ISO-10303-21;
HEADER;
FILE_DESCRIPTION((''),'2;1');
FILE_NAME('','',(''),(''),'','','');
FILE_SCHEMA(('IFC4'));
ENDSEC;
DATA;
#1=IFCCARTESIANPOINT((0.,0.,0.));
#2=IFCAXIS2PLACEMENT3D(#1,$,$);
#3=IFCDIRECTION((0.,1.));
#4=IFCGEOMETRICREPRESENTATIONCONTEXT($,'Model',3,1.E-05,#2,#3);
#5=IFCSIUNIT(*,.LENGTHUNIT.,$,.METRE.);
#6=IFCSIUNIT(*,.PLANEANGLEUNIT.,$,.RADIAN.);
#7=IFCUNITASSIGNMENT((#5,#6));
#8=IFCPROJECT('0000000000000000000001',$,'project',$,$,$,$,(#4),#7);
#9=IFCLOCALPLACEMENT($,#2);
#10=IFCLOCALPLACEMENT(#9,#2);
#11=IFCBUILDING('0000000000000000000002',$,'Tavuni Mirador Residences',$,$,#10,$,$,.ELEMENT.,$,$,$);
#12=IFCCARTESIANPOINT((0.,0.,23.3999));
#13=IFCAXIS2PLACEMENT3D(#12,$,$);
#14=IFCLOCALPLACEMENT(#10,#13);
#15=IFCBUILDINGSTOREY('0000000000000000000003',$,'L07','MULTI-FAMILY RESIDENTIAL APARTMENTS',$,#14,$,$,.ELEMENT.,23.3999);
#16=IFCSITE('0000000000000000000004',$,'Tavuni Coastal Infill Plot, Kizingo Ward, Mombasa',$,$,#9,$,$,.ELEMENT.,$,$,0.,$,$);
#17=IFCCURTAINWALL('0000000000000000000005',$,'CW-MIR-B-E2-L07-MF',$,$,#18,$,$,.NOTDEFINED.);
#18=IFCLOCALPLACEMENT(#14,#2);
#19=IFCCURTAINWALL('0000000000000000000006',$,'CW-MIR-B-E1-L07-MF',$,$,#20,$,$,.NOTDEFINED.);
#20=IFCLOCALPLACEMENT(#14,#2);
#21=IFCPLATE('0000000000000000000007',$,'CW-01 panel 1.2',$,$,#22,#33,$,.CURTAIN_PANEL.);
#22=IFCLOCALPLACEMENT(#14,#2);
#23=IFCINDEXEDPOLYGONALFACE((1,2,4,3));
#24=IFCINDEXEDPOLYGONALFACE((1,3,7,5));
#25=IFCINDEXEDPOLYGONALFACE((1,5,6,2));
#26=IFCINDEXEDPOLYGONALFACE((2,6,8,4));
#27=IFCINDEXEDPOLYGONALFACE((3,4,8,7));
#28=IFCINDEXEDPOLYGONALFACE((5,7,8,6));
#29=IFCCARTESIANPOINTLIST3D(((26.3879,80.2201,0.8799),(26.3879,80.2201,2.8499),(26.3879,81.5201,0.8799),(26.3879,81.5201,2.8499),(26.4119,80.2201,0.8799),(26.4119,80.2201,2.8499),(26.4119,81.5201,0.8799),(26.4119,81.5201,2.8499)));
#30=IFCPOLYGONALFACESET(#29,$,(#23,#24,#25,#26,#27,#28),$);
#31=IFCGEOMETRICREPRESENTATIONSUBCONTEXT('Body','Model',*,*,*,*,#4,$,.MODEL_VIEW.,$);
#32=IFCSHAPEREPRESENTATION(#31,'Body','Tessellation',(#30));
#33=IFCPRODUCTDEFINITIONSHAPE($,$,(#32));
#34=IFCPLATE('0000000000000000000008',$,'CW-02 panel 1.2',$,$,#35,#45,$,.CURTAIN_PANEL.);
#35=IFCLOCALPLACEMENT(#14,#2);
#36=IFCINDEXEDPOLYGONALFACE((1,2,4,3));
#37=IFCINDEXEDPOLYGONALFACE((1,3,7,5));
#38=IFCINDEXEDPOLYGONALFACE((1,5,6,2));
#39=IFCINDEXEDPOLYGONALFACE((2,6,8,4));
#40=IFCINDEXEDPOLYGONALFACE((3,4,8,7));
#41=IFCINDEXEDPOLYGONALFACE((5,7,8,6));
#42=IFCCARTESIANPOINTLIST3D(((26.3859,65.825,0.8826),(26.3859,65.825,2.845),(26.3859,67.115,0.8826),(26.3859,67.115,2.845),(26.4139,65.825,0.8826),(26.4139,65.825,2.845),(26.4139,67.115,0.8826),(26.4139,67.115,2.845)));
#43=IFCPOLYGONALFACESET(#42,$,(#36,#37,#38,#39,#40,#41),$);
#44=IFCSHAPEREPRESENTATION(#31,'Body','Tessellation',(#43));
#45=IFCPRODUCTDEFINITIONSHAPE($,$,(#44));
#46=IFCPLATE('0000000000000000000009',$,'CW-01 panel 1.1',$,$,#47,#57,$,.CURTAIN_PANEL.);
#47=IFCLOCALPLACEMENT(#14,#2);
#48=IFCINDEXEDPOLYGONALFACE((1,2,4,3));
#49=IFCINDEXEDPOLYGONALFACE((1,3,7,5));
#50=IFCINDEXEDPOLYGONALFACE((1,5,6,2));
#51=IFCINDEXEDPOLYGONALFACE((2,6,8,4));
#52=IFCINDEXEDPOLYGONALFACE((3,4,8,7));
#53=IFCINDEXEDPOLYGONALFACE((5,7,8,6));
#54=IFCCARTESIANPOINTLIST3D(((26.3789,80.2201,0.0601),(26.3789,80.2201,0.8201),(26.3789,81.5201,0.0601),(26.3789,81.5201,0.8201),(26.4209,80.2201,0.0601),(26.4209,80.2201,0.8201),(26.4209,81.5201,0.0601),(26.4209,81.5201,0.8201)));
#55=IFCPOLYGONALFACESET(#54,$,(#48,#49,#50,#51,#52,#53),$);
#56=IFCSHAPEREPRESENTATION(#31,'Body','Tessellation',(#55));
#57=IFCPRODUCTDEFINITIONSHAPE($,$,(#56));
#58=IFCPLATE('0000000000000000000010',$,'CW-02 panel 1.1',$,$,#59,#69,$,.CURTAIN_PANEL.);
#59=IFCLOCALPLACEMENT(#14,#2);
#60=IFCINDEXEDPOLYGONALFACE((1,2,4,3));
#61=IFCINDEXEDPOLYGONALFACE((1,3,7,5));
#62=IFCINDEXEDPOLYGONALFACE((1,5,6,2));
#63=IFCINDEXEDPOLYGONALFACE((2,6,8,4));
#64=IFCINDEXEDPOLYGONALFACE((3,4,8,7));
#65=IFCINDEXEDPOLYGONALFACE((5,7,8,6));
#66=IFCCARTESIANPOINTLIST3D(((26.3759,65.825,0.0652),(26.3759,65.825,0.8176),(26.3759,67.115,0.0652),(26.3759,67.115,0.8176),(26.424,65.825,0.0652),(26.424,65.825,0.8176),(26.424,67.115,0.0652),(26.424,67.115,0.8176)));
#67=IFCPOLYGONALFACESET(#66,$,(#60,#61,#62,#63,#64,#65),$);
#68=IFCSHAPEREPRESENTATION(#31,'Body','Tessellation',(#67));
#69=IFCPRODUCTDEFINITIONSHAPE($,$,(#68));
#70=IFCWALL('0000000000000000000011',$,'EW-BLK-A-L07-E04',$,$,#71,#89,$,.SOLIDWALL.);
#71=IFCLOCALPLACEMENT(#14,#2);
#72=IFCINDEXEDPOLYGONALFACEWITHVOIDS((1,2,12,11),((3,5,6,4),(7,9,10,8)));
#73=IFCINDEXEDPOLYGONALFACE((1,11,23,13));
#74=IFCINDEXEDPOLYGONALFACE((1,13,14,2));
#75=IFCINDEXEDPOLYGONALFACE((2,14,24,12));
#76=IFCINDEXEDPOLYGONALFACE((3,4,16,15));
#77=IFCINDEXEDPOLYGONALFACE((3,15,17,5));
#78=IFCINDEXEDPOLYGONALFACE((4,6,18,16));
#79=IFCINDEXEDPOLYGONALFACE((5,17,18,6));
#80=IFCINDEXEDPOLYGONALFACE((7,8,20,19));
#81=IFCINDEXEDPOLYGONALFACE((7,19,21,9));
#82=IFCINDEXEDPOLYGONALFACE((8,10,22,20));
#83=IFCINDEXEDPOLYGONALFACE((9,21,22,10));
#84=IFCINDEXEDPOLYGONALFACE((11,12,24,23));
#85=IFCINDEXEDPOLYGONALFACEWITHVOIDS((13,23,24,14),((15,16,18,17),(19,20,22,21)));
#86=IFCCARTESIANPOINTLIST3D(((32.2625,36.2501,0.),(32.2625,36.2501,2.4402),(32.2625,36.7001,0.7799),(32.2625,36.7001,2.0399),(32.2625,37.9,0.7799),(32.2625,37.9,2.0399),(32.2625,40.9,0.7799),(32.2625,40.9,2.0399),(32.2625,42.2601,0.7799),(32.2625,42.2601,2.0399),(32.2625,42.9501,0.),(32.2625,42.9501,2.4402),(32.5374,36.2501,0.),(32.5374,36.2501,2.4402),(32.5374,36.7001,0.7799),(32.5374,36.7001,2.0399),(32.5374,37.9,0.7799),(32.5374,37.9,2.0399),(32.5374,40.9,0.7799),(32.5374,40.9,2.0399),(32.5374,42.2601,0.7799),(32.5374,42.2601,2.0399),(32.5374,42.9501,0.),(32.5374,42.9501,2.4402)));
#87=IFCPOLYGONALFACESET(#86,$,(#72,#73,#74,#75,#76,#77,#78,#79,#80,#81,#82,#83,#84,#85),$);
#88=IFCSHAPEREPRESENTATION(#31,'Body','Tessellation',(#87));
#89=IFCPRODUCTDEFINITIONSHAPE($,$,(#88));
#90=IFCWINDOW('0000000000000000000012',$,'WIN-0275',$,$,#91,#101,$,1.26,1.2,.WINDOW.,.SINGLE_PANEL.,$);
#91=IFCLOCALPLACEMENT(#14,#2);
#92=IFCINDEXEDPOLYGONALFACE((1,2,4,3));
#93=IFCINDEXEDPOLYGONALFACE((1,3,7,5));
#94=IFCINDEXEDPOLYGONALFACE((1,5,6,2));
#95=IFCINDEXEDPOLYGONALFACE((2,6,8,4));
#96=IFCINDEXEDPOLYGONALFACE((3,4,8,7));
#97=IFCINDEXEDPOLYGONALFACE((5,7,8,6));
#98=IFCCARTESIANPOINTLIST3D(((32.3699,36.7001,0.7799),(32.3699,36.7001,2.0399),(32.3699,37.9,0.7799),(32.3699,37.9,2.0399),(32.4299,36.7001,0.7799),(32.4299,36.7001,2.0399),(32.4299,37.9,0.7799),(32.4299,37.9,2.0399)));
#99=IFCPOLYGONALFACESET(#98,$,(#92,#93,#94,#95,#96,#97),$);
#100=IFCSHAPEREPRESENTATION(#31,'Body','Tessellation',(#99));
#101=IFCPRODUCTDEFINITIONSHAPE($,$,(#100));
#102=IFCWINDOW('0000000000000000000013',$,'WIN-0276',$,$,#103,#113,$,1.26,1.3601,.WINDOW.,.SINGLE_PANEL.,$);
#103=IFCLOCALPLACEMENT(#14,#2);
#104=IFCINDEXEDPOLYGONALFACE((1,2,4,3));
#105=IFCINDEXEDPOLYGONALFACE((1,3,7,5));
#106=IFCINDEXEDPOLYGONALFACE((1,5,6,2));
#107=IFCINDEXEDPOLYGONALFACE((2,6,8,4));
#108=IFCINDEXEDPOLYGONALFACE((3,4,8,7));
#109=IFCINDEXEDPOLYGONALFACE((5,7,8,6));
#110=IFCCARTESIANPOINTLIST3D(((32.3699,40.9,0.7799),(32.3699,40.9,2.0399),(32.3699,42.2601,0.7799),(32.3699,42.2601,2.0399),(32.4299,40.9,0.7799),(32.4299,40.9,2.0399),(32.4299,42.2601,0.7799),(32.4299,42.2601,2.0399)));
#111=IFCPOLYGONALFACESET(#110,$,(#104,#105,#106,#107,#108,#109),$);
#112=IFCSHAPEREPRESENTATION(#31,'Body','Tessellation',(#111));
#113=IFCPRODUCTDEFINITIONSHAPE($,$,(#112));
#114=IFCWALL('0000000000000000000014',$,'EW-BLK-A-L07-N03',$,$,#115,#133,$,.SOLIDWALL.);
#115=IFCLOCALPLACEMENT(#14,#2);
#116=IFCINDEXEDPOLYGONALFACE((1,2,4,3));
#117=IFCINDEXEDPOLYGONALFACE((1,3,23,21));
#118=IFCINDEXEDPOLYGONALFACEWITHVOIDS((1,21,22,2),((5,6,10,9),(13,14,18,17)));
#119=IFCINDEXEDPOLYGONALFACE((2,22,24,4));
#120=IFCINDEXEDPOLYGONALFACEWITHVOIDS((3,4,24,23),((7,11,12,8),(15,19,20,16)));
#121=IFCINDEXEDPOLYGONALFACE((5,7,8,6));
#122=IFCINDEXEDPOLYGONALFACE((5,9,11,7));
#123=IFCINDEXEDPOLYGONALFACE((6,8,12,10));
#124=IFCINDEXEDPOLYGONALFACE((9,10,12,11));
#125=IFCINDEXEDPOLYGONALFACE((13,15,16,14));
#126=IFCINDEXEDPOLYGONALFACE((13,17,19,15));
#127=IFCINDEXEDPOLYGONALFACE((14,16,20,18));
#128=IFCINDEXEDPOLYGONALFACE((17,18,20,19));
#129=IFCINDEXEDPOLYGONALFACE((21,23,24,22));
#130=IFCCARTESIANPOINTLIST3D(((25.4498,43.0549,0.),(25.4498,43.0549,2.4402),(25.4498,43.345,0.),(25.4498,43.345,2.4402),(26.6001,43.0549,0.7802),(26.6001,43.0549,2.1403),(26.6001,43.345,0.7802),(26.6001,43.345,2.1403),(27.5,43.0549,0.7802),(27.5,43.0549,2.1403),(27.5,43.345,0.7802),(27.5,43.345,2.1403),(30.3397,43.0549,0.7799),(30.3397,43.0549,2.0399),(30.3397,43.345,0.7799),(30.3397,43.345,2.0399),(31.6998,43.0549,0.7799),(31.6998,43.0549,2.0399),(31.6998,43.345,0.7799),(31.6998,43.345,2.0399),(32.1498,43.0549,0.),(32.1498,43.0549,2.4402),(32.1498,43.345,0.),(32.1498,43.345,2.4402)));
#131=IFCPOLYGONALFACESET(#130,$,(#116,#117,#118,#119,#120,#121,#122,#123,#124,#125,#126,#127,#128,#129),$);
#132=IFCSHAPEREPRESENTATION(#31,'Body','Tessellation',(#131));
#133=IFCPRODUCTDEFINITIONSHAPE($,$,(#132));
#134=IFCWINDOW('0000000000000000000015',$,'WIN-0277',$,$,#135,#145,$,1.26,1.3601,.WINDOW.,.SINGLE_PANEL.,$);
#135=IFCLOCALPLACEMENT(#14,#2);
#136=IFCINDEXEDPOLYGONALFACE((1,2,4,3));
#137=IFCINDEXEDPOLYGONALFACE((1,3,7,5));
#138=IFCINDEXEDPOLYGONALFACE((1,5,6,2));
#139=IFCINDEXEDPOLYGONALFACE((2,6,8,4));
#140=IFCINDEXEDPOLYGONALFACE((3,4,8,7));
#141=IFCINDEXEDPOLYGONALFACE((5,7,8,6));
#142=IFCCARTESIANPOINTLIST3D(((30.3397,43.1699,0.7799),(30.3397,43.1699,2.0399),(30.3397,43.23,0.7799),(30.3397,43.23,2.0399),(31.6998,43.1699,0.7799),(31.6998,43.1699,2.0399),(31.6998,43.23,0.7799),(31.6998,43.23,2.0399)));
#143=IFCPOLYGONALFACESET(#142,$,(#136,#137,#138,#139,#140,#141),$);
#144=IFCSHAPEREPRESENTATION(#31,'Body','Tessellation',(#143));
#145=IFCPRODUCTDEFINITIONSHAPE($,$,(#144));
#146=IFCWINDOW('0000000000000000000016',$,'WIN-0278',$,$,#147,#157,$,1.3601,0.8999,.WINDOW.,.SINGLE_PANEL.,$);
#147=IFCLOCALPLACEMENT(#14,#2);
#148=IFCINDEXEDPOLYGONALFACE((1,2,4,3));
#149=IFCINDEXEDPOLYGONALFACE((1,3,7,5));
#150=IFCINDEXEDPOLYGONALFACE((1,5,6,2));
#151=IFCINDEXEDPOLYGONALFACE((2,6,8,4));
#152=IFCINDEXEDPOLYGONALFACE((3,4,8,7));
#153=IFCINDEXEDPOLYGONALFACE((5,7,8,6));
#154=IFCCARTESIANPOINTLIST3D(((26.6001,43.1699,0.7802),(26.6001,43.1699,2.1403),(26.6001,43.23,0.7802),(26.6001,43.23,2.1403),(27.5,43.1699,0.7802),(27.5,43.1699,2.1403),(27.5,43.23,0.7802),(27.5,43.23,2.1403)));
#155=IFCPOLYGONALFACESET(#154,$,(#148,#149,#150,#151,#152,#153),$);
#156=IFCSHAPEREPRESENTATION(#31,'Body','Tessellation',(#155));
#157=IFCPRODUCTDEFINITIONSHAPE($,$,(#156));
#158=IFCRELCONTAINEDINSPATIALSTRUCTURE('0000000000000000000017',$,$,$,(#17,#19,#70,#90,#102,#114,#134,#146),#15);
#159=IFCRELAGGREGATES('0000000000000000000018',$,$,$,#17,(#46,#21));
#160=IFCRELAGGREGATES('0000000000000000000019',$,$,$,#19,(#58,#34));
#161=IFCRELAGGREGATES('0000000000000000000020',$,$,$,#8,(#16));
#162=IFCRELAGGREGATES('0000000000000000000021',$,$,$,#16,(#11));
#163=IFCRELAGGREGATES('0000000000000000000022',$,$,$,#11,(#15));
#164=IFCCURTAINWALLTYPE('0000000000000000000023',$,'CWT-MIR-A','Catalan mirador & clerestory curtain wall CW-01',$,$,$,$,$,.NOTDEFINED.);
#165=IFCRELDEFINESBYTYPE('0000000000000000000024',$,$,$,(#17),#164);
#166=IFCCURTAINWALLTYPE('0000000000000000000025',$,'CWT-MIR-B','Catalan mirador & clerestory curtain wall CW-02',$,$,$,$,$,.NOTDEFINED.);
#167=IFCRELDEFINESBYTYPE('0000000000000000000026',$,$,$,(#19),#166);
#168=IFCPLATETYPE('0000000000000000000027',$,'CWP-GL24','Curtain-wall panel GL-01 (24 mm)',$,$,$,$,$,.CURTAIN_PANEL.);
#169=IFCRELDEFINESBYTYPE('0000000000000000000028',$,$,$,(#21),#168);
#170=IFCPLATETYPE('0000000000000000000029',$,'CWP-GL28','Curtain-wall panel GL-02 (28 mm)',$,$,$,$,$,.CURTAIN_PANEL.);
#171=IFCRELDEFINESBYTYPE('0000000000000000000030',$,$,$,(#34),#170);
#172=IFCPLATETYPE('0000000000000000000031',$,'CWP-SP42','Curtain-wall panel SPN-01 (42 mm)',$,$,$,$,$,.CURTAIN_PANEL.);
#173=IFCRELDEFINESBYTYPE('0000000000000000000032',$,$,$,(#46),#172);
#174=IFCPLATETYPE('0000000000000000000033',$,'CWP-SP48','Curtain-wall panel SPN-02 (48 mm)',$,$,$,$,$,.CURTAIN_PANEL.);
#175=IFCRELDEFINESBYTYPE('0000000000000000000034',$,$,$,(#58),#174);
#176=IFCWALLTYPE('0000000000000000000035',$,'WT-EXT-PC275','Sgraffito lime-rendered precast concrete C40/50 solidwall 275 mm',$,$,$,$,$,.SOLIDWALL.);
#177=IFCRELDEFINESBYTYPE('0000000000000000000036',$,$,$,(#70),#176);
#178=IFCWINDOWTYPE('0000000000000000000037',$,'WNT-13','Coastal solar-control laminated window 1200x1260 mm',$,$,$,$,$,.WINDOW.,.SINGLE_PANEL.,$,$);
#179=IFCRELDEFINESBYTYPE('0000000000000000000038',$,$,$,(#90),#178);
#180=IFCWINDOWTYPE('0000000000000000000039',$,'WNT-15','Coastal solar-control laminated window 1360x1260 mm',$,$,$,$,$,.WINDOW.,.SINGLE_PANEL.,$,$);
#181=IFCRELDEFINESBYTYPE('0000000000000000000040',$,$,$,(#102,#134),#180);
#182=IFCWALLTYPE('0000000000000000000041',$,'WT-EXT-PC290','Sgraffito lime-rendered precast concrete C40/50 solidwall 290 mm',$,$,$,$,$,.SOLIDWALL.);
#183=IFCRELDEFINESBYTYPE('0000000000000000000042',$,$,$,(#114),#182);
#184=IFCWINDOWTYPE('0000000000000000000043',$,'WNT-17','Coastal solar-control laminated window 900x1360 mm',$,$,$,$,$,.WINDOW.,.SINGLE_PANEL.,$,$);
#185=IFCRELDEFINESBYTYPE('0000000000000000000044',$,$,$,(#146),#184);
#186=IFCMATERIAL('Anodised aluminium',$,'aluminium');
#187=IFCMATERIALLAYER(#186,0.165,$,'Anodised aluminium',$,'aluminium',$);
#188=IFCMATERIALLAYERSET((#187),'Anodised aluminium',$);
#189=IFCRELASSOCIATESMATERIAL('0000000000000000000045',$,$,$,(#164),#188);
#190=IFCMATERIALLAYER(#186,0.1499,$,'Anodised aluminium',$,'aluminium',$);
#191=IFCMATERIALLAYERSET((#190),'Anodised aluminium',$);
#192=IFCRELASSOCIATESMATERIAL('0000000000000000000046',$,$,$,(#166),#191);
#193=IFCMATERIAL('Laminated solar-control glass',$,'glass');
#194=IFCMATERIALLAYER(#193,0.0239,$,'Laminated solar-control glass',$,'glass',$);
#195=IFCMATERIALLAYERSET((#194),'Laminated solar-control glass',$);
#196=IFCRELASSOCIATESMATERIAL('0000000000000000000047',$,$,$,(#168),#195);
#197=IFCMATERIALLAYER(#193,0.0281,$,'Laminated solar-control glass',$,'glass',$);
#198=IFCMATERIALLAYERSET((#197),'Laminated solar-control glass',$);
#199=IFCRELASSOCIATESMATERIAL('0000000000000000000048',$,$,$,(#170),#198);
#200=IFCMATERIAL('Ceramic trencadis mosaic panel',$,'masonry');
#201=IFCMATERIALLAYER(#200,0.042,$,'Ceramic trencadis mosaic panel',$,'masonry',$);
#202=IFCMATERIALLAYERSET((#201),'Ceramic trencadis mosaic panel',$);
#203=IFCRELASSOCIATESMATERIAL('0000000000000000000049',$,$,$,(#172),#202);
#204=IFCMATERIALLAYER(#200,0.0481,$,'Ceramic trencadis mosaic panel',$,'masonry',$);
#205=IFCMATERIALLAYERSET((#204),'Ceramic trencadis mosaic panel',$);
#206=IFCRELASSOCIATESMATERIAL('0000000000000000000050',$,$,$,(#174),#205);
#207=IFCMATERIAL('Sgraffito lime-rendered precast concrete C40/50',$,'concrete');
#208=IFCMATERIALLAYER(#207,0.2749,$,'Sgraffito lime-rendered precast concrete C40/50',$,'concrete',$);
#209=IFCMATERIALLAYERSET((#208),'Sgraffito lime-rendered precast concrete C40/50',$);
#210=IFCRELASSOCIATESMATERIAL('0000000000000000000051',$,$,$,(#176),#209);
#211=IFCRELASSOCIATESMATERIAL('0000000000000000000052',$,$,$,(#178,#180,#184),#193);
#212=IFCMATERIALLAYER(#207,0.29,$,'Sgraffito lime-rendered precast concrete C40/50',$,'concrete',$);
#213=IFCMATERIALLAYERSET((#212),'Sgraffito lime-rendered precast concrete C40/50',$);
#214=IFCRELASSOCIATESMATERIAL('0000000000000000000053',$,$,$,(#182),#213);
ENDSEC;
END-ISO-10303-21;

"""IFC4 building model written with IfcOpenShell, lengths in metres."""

from ifc_helpers import new_model, si_unit, direction, frame, frame_2d, origin, origin_2d, place, context, subcontext, project, spatial, rectangle, extrude, material, layer, layer_set, type_object, element, fill, aggregate, save


model = new_model("IFC4")

# Units and contexts
model_context = context("Model", 3, precision=1e-05, world=origin(), true_north=direction((0.0, 1.0)))
body_context = subcontext(model_context, "Body", "Model", "MODEL_VIEW")
ifc_project = project(units=[si_unit("LENGTHUNIT", "METRE"), si_unit("PLANEANGLEUNIT", "RADIAN")], contexts=[model_context])

# Site, building, storey
site_placement = place(None, origin())
site = spatial("IfcSite", under=ifc_project, at=site_placement, Name="Tavuni Coastal Infill Plot, Kizingo Ward, Mombasa", CompositionType="ELEMENT", RefElevation=0.0)
building_placement = place(site_placement, origin())
building = spatial("IfcBuilding", under=site, at=building_placement, Name="Tavuni Mirador Residences", CompositionType="ELEMENT")
storey_placement = place(building_placement, frame((0.0, 0.0, 23.3999)))
storey = spatial("IfcBuildingStorey", under=building, at=storey_placement, Name="L07", Description="MULTI-FAMILY RESIDENTIAL APARTMENTS", CompositionType="ELEMENT", Elevation=23.3999)

# Curtain wall
ifc_material_1 = material(Name="Anodised aluminium", Category="aluminium")
ifc_layer_1 = layer(ifc_material_1, 0.165, Name="Anodised aluminium", Category="aluminium")
ifc_layer_set_1 = layer_set([ifc_layer_1], Name="Anodised aluminium")
curtain_wall_type_1 = type_object("IfcCurtainWallType", Name="CWT-MIR-A", Description="Catalan mirador & clerestory curtain wall CW-01", PredefinedType="NOTDEFINED", material=ifc_layer_set_1)
curtain_wall_1_placement = place(storey_placement, origin())
curtain_wall_1 = element("IfcCurtainWall", 1, at=curtain_wall_1_placement, inside=storey, type_object=curtain_wall_type_1, Name="CW-MIR-B-E2-L07-MF", PredefinedType="NOTDEFINED")

# Curtain wall
ifc_layer_2 = layer(ifc_material_1, 0.1499, Name="Anodised aluminium", Category="aluminium")
ifc_layer_set_2 = layer_set([ifc_layer_2], Name="Anodised aluminium")
curtain_wall_type_2 = type_object("IfcCurtainWallType", Name="CWT-MIR-B", Description="Catalan mirador & clerestory curtain wall CW-02", PredefinedType="NOTDEFINED", material=ifc_layer_set_2)
curtain_wall_2_placement = place(storey_placement, origin())
curtain_wall_2 = element("IfcCurtainWall", 2, at=curtain_wall_2_placement, inside=storey, type_object=curtain_wall_type_2, Name="CW-MIR-B-E1-L07-MF", PredefinedType="NOTDEFINED")

# Plates
ifc_material_2 = material(Name="Laminated solar-control glass", Category="glass")
ifc_layer_3 = layer(ifc_material_2, 0.0239, Name="Laminated solar-control glass", Category="glass")
ifc_layer_set_3 = layer_set([ifc_layer_3], Name="Laminated solar-control glass")
plate_type_1 = type_object("IfcPlateType", Name="CWP-GL24", Description="Curtain-wall panel GL-01 (24 mm)", PredefinedType="CURTAIN_PANEL", material=ifc_layer_set_3)
plate_1_placement = place(storey_placement, frame((26.3999, 80.8701, 0.8799), z_axis=(0.0, 0.0, 1.0), x_axis=(0.0, 1.0, 0.0)))
plate_1 = element("IfcPlate", 3, at=plate_1_placement, type_object=plate_type_1, Name="CW-01 panel 1.2", PredefinedType="CURTAIN_PANEL", context=body_context, shape_type="SweptSolid", body=[
    extrude(rectangle(XDim=1.3, YDim=0.0239, at=origin_2d()), origin(), (0.0, 0.0, 1.0), 1.97),
])
ifc_layer_4 = layer(ifc_material_2, 0.0281, Name="Laminated solar-control glass", Category="glass")
ifc_layer_set_4 = layer_set([ifc_layer_4], Name="Laminated solar-control glass")
plate_type_2 = type_object("IfcPlateType", Name="CWP-GL28", Description="Curtain-wall panel GL-02 (28 mm)", PredefinedType="CURTAIN_PANEL", material=ifc_layer_set_4)
plate_2_placement = place(storey_placement, frame((26.3999, 66.47, 0.8826), z_axis=(0.0, 0.0, 1.0), x_axis=(0.0, 1.0, 0.0)))
plate_2 = element("IfcPlate", 4, at=plate_2_placement, type_object=plate_type_2, Name="CW-02 panel 1.2", PredefinedType="CURTAIN_PANEL", context=body_context, shape_type="SweptSolid", body=[
    extrude(rectangle(XDim=1.29, YDim=0.0281, at=origin_2d()), origin(), (0.0, 0.0, 1.0), 1.9624),
])
ifc_material_3 = material(Name="Ceramic trencadis mosaic panel", Category="masonry")
ifc_layer_5 = layer(ifc_material_3, 0.042, Name="Ceramic trencadis mosaic panel", Category="masonry")
ifc_layer_set_5 = layer_set([ifc_layer_5], Name="Ceramic trencadis mosaic panel")
plate_type_3 = type_object("IfcPlateType", Name="CWP-SP42", Description="Curtain-wall panel SPN-01 (42 mm)", PredefinedType="CURTAIN_PANEL", material=ifc_layer_set_5)
plate_3_placement = place(storey_placement, frame((26.3999, 80.8701, 0.0601), z_axis=(0.0, 0.0, 1.0), x_axis=(0.0, 1.0, 0.0)))
plate_3 = element("IfcPlate", 5, at=plate_3_placement, type_object=plate_type_3, Name="CW-01 panel 1.1", PredefinedType="CURTAIN_PANEL", context=body_context, shape_type="SweptSolid", body=[
    extrude(rectangle(XDim=1.3, YDim=0.042, at=origin_2d()), origin(), (0.0, 0.0, 1.0), 0.76),
])
aggregate(curtain_wall_1, [plate_3, plate_1])
ifc_layer_6 = layer(ifc_material_3, 0.0481, Name="Ceramic trencadis mosaic panel", Category="masonry")
ifc_layer_set_6 = layer_set([ifc_layer_6], Name="Ceramic trencadis mosaic panel")
plate_type_4 = type_object("IfcPlateType", Name="CWP-SP48", Description="Curtain-wall panel SPN-02 (48 mm)", PredefinedType="CURTAIN_PANEL", material=ifc_layer_set_6)
plate_4_placement = place(storey_placement, frame((26.3999, 66.47, 0.0652), z_axis=(0.0, 0.0, 1.0), x_axis=(0.0, 1.0, 0.0)))
plate_4 = element("IfcPlate", 6, at=plate_4_placement, type_object=plate_type_4, Name="CW-02 panel 1.1", PredefinedType="CURTAIN_PANEL", context=body_context, shape_type="SweptSolid", body=[
    extrude(rectangle(XDim=1.29, YDim=0.0481, at=origin_2d()), origin(), (0.0, 0.0, 1.0), 0.7524),
])
aggregate(curtain_wall_2, [plate_4, plate_2])

# Walls, openings, windows
ifc_material_4 = material(Name="Sgraffito lime-rendered precast concrete C40/50", Category="concrete")
ifc_layer_7 = layer(ifc_material_4, 0.2749, Name="Sgraffito lime-rendered precast concrete C40/50", Category="concrete")
ifc_layer_set_7 = layer_set([ifc_layer_7], Name="Sgraffito lime-rendered precast concrete C40/50")
wall_type_1 = type_object("IfcWallType", Name="WT-EXT-PC275", Description="Sgraffito lime-rendered precast concrete C40/50 solidwall 275 mm", PredefinedType="SOLIDWALL", material=ifc_layer_set_7)
wall_1_placement = place(storey_placement, frame((32.3999, 36.25, 0.0), z_axis=(0.0, 0.0, 1.0), x_axis=(0.0, 1.0, 0.0)))
wall_1 = element("IfcWall", 7, at=wall_1_placement, inside=storey, type_object=wall_type_1, Name="EW-BLK-A-L07-E04", PredefinedType="SOLIDWALL", context=body_context, shape_type="SweptSolid", body=[
    extrude(rectangle(XDim=6.7, YDim=0.2749, at=frame_2d((3.3501, 0.0))), origin(), (0.0, 0.0, 1.0), 2.4402),
])
opening_1_placement = place(wall_1_placement, frame((0.45, 0.0, 0.78)))
opening_1 = element("IfcOpeningElement", 8, at=opening_1_placement, cuts=wall_1, PredefinedType="OPENING", context=body_context, shape_type="SweptSolid", body=[
    extrude(rectangle(XDim=1.2, YDim=1.26, at=frame_2d((0.6001, 0.6299))), frame((0.0, 0.1475, 0.0), z_axis=(0.0, -1.0, 0.0), x_axis=(1.0, 0.0, 0.0)), (0.0, 0.0, 1.0), 0.2949),
])
opening_2_placement = place(wall_1_placement, frame((4.6499, 0.0, 0.78)))
opening_2 = element("IfcOpeningElement", 9, at=opening_2_placement, cuts=wall_1, PredefinedType="OPENING", context=body_context, shape_type="SweptSolid", body=[
    extrude(rectangle(XDim=1.3601, YDim=1.26, at=frame_2d((0.6802, 0.6299))), frame((0.0, 0.1475, 0.0), z_axis=(0.0, -1.0, 0.0), x_axis=(1.0, 0.0, 0.0)), (0.0, 0.0, 1.0), 0.2949),
])
window_type_1 = type_object("IfcWindowType", Name="WNT-13", Description="Coastal solar-control laminated window 1200x1260 mm", PartitioningType="SINGLE_PANEL", PredefinedType="WINDOW", material=ifc_material_2)
window_1_placement = place(opening_1_placement, origin())
window_1 = element("IfcWindow", 10, at=window_1_placement, inside=storey, type_object=window_type_1, Name="WIN-0275", OverallHeight=1.26, OverallWidth=1.2, PartitioningType="SINGLE_PANEL", PredefinedType="WINDOW", context=body_context, shape_type="SweptSolid", body=[
    extrude(rectangle(XDim=1.2, YDim=1.26, at=frame_2d((0.6001, 0.6299))), frame((0.0, 0.03, 0.0), z_axis=(0.0, -1.0, 0.0), x_axis=(1.0, 0.0, 0.0)), (0.0, 0.0, 1.0), 0.0601),
])
fill(opening_1, window_1)
window_type_2 = type_object("IfcWindowType", Name="WNT-15", Description="Coastal solar-control laminated window 1360x1260 mm", PartitioningType="SINGLE_PANEL", PredefinedType="WINDOW", material=ifc_material_2)
window_2_placement = place(opening_2_placement, origin())
window_2 = element("IfcWindow", 11, at=window_2_placement, inside=storey, type_object=window_type_2, Name="WIN-0276", OverallHeight=1.26, OverallWidth=1.3601, PartitioningType="SINGLE_PANEL", PredefinedType="WINDOW", context=body_context, shape_type="SweptSolid", body=[
    extrude(rectangle(XDim=1.3601, YDim=1.26, at=frame_2d((0.6802, 0.6299))), frame((0.0, 0.03, 0.0), z_axis=(0.0, -1.0, 0.0), x_axis=(1.0, 0.0, 0.0)), (0.0, 0.0, 1.0), 0.0601),
])
fill(opening_2, window_2)
ifc_layer_8 = layer(ifc_material_4, 0.29, Name="Sgraffito lime-rendered precast concrete C40/50", Category="concrete")
ifc_layer_set_8 = layer_set([ifc_layer_8], Name="Sgraffito lime-rendered precast concrete C40/50")
wall_type_2 = type_object("IfcWallType", Name="WT-EXT-PC290", Description="Sgraffito lime-rendered precast concrete C40/50 solidwall 290 mm", PredefinedType="SOLIDWALL", material=ifc_layer_set_8)
wall_2_placement = place(storey_placement, frame((32.1499, 43.2, 0.0), z_axis=(0.0, 0.0, 1.0), x_axis=(-1.0, 0.0, 0.0)))
wall_2 = element("IfcWall", 12, at=wall_2_placement, inside=storey, type_object=wall_type_2, Name="EW-BLK-A-L07-N03", PredefinedType="SOLIDWALL", context=body_context, shape_type="SweptSolid", body=[
    extrude(rectangle(XDim=6.7, YDim=0.29, at=frame_2d((3.3501, 0.0))), origin(), (0.0, 0.0, 1.0), 2.4402),
])
opening_3_placement = place(wall_2_placement, frame((0.45, 0.0, 0.78)))
opening_3 = element("IfcOpeningElement", 13, at=opening_3_placement, cuts=wall_2, PredefinedType="OPENING", context=body_context, shape_type="SweptSolid", body=[
    extrude(rectangle(XDim=1.3601, YDim=1.26, at=frame_2d((0.6802, 0.6299))), frame((0.0, 0.155, 0.0), z_axis=(0.0, -1.0, 0.0), x_axis=(1.0, 0.0, 0.0)), (0.0, 0.0, 1.0), 0.3101),
])
opening_4_placement = place(wall_2_placement, frame((4.6499, 0.0, 0.78)))
opening_4 = element("IfcOpeningElement", 14, at=opening_4_placement, cuts=wall_2, PredefinedType="OPENING", context=body_context, shape_type="SweptSolid", body=[
    extrude(rectangle(XDim=0.8999, YDim=1.3601, at=frame_2d((0.45, 0.6802))), frame((0.0, 0.155, 0.0), z_axis=(0.0, -1.0, 0.0), x_axis=(1.0, 0.0, 0.0)), (0.0, 0.0, 1.0), 0.3101),
])
window_3_placement = place(opening_3_placement, origin())
window_3 = element("IfcWindow", 15, at=window_3_placement, inside=storey, type_object=window_type_2, Name="WIN-0277", OverallHeight=1.26, OverallWidth=1.3601, PartitioningType="SINGLE_PANEL", PredefinedType="WINDOW", context=body_context, shape_type="SweptSolid", body=[
    extrude(rectangle(XDim=1.3601, YDim=1.26, at=frame_2d((0.6802, 0.6299))), frame((0.0, 0.03, 0.0), z_axis=(0.0, -1.0, 0.0), x_axis=(1.0, 0.0, 0.0)), (0.0, 0.0, 1.0), 0.0601),
])
fill(opening_3, window_3)
window_type_3 = type_object("IfcWindowType", Name="WNT-17", Description="Coastal solar-control laminated window 900x1360 mm", PartitioningType="SINGLE_PANEL", PredefinedType="WINDOW", material=ifc_material_2)
window_4_placement = place(opening_4_placement, origin())
window_4 = element("IfcWindow", 16, at=window_4_placement, inside=storey, type_object=window_type_3, Name="WIN-0278", OverallHeight=1.3601, OverallWidth=0.8999, PartitioningType="SINGLE_PANEL", PredefinedType="WINDOW", context=body_context, shape_type="SweptSolid", body=[
    extrude(rectangle(XDim=0.8999, YDim=1.3601, at=frame_2d((0.45, 0.6802))), frame((0.0, 0.03, 0.0), z_axis=(0.0, -1.0, 0.0), x_axis=(1.0, 0.0, 0.0)), (0.0, 0.0, 1.0), 0.0601),
])
fill(opening_4, window_4)

save(model, "model.ifc")
